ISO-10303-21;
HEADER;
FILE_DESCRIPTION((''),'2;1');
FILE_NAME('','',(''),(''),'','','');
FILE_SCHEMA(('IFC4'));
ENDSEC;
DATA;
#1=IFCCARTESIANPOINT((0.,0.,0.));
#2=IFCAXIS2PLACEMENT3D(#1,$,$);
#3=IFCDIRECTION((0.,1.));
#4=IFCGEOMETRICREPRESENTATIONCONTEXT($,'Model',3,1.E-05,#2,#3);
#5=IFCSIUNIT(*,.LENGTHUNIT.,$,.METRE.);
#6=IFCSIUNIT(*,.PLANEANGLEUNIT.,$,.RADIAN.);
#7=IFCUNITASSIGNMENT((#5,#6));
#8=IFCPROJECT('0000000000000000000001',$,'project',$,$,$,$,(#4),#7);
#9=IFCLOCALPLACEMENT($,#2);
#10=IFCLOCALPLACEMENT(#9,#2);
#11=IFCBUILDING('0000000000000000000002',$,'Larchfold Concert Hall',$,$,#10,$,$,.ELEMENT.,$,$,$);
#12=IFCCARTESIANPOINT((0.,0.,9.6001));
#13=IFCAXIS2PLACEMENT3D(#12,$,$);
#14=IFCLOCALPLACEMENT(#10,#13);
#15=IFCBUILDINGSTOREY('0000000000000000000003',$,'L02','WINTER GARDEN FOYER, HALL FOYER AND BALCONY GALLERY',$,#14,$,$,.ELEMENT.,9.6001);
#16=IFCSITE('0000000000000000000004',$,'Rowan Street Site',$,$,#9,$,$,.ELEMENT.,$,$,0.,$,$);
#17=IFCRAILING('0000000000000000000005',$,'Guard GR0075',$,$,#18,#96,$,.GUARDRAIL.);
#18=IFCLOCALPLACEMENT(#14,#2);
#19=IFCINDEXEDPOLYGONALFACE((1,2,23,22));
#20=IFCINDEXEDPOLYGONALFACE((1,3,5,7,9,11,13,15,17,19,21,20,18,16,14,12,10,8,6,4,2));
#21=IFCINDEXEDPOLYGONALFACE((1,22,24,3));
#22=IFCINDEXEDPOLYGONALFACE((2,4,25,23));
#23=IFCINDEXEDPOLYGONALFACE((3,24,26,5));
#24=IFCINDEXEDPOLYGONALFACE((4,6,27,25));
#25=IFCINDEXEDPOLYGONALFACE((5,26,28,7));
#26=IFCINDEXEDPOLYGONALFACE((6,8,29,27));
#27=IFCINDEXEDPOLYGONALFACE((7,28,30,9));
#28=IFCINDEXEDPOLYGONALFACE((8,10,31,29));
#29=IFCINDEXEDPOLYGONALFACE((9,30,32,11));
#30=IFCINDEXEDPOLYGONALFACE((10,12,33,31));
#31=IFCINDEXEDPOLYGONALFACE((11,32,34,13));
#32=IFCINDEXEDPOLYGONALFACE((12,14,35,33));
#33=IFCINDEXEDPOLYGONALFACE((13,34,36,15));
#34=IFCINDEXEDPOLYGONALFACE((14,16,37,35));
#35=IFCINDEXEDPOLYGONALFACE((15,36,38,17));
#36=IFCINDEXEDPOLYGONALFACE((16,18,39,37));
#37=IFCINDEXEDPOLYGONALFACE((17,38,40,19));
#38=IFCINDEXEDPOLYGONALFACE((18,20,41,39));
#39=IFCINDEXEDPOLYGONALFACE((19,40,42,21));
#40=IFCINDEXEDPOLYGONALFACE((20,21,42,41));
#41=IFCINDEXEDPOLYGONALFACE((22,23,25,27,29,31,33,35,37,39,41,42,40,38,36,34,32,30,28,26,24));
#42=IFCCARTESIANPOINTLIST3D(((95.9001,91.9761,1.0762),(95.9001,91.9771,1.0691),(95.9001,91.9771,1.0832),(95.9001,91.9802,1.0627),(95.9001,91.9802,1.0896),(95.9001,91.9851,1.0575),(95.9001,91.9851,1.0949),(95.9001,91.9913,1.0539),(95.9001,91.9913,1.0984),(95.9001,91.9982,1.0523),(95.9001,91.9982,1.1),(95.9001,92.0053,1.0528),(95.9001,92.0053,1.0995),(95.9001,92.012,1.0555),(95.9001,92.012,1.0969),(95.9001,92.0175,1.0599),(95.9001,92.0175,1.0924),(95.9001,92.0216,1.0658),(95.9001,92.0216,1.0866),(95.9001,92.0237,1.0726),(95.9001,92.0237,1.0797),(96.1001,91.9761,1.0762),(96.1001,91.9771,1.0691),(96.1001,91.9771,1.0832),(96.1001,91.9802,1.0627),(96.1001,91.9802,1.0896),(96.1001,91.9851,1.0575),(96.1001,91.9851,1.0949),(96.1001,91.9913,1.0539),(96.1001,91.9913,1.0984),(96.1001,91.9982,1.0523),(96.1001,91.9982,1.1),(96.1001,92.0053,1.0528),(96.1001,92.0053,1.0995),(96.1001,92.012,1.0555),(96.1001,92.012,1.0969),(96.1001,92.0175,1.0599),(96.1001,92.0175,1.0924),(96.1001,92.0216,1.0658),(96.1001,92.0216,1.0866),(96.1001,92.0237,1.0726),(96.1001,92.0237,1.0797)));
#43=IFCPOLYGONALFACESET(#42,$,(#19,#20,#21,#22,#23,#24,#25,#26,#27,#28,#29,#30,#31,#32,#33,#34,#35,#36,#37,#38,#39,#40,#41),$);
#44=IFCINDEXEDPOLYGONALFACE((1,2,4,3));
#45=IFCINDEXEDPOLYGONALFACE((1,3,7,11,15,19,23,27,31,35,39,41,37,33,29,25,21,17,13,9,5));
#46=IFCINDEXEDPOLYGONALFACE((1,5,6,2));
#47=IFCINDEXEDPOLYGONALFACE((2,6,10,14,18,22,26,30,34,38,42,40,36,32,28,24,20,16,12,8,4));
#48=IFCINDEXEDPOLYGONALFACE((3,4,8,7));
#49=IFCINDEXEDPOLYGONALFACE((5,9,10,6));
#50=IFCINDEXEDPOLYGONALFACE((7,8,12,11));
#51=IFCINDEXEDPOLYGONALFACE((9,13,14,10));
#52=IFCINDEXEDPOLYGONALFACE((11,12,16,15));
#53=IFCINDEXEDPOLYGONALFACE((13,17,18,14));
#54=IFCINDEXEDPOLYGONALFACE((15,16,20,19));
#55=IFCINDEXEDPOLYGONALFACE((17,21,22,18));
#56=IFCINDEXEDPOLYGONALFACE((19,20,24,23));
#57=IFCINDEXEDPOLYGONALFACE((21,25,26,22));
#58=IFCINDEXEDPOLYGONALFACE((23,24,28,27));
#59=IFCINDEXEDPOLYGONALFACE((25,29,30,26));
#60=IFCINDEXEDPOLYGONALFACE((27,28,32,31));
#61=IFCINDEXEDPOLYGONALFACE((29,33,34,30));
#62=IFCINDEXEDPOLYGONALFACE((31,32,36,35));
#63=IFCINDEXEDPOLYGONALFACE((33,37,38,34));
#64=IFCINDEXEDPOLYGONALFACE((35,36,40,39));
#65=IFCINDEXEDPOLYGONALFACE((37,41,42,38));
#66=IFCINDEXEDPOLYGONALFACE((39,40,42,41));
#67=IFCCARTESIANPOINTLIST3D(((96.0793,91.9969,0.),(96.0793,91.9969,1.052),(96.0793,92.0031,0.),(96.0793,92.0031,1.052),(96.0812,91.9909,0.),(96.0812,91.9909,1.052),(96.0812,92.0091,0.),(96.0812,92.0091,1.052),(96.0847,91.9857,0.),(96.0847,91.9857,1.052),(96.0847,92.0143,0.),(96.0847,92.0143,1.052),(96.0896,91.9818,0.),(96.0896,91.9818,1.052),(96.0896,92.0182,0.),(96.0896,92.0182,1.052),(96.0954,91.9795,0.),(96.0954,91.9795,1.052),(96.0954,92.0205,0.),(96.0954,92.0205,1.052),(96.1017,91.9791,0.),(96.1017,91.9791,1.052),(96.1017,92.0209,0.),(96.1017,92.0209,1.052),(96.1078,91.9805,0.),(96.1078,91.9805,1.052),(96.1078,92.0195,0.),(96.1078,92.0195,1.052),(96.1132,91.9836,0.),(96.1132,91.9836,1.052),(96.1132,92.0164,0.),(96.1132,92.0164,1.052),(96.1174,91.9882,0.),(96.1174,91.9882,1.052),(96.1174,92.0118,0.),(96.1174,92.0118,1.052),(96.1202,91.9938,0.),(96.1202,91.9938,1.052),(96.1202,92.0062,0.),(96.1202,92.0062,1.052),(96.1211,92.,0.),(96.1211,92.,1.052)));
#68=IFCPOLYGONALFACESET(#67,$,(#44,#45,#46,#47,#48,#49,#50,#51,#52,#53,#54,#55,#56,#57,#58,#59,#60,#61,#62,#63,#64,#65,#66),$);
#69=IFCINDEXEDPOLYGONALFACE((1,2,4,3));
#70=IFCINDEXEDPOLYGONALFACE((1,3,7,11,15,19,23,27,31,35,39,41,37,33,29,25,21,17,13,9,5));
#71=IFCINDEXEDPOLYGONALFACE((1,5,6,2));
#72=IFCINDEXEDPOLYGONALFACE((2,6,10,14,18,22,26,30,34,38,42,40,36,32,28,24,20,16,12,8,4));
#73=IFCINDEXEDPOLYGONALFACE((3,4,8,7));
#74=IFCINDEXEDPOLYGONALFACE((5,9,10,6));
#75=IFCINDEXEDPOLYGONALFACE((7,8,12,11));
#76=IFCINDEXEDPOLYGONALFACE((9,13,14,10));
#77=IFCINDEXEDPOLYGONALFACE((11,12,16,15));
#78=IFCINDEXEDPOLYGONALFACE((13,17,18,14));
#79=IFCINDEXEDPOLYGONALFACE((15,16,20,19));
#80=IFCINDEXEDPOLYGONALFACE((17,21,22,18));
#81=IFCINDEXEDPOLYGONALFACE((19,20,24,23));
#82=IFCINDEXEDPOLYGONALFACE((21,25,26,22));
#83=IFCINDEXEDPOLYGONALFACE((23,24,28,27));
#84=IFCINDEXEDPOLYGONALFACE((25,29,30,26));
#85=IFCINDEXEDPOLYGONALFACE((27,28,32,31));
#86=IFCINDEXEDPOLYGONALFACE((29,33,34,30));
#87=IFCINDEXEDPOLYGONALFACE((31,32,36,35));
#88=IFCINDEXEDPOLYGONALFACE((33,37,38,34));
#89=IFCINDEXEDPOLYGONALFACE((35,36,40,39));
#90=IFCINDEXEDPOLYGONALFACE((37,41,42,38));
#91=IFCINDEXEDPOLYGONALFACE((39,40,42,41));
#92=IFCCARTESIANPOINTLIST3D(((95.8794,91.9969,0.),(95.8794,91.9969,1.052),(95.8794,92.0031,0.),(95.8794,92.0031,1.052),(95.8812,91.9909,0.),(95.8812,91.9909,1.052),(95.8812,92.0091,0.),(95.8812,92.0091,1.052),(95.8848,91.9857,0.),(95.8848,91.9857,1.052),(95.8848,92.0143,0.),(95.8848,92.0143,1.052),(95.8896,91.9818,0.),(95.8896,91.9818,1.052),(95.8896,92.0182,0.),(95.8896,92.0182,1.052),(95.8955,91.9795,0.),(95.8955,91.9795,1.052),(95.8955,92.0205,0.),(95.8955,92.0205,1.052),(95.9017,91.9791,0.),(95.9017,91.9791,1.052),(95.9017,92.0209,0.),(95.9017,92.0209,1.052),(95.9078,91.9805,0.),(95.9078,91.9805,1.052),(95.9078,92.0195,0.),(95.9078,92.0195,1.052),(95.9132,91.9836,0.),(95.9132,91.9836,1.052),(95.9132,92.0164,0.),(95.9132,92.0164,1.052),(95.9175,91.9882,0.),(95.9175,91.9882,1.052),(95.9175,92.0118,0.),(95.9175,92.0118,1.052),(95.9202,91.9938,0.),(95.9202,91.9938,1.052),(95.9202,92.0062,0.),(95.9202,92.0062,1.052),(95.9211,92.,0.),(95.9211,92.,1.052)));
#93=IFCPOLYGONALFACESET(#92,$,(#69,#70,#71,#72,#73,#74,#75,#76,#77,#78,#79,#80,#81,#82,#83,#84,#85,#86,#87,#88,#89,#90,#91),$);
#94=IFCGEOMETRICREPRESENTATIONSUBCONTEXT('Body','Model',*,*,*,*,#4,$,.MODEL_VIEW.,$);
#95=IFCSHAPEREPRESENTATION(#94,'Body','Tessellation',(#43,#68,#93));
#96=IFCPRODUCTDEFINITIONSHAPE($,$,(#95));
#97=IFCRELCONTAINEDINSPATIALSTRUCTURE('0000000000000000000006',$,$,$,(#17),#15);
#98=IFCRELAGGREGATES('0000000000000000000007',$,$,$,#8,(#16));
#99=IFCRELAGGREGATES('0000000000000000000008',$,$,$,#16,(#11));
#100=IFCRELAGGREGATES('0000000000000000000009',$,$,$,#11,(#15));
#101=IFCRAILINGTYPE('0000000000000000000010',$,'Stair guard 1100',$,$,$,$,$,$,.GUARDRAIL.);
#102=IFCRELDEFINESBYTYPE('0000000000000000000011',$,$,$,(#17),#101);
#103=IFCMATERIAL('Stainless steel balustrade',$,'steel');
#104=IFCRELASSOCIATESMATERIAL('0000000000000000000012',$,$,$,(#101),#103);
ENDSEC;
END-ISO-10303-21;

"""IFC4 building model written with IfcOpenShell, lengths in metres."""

from ifc_helpers import new_model, si_unit, direction, frame, origin, origin_2d, place, context, subcontext, project, spatial, circle, extrude, material, type_object, element, save


model = new_model("IFC4")

# Units and contexts
model_context = context("Model", 3, precision=1e-05, world=origin(), true_north=direction((0.0, 1.0)))
body_context = subcontext(model_context, "Body", "Model", "MODEL_VIEW")
ifc_project = project(units=[si_unit("LENGTHUNIT", "METRE"), si_unit("PLANEANGLEUNIT", "RADIAN")], contexts=[model_context])

# Site, building, storey
site_placement = place(None, origin())
site = spatial("IfcSite", under=ifc_project, at=site_placement, Name="Rowan Street Site", CompositionType="ELEMENT", RefElevation=0.0)
building_placement = place(site_placement, origin())
building = spatial("IfcBuilding", under=site, at=building_placement, Name="Larchfold Concert Hall", CompositionType="ELEMENT")
storey_placement = place(building_placement, frame((0.0, 0.0, 9.6001)))
storey = spatial("IfcBuildingStorey", under=building, at=storey_placement, Name="L02", Description="WINTER GARDEN FOYER, HALL FOYER AND BALCONY GALLERY", CompositionType="ELEMENT", Elevation=9.6001)

# Railing
ifc_material_1 = material(Name="Stainless steel balustrade", Category="steel")
railing_type_1 = type_object("IfcRailingType", Name="Stair guard 1100", PredefinedType="GUARDRAIL", material=ifc_material_1)
railing_1_placement = place(storey_placement, frame((96.1001, 92.0, 0.0)))
element("IfcRailing", 1, at=railing_1_placement, inside=storey, type_object=railing_type_1, Name="Guard GR0075", PredefinedType="GUARDRAIL", context=body_context, shape_type="SweptSolid", body=[
    extrude(circle(Radius=0.0239, at=origin_2d()), frame((0.0, 0.0, 1.0762), z_axis=(-1.0, 0.0, 0.0), x_axis=(0.0, -1.0, 0.0)), (0.0, 0.0, 1.0), 0.2),
    extrude(circle(Radius=0.021, at=origin_2d()), origin(), (0.0, 0.0, 1.0), 1.052),
    extrude(circle(Radius=0.021, at=origin_2d()), frame((-0.2, 0.0, 0.0)), (0.0, 0.0, 1.0), 1.052),
])

save(model, "model.ifc")
